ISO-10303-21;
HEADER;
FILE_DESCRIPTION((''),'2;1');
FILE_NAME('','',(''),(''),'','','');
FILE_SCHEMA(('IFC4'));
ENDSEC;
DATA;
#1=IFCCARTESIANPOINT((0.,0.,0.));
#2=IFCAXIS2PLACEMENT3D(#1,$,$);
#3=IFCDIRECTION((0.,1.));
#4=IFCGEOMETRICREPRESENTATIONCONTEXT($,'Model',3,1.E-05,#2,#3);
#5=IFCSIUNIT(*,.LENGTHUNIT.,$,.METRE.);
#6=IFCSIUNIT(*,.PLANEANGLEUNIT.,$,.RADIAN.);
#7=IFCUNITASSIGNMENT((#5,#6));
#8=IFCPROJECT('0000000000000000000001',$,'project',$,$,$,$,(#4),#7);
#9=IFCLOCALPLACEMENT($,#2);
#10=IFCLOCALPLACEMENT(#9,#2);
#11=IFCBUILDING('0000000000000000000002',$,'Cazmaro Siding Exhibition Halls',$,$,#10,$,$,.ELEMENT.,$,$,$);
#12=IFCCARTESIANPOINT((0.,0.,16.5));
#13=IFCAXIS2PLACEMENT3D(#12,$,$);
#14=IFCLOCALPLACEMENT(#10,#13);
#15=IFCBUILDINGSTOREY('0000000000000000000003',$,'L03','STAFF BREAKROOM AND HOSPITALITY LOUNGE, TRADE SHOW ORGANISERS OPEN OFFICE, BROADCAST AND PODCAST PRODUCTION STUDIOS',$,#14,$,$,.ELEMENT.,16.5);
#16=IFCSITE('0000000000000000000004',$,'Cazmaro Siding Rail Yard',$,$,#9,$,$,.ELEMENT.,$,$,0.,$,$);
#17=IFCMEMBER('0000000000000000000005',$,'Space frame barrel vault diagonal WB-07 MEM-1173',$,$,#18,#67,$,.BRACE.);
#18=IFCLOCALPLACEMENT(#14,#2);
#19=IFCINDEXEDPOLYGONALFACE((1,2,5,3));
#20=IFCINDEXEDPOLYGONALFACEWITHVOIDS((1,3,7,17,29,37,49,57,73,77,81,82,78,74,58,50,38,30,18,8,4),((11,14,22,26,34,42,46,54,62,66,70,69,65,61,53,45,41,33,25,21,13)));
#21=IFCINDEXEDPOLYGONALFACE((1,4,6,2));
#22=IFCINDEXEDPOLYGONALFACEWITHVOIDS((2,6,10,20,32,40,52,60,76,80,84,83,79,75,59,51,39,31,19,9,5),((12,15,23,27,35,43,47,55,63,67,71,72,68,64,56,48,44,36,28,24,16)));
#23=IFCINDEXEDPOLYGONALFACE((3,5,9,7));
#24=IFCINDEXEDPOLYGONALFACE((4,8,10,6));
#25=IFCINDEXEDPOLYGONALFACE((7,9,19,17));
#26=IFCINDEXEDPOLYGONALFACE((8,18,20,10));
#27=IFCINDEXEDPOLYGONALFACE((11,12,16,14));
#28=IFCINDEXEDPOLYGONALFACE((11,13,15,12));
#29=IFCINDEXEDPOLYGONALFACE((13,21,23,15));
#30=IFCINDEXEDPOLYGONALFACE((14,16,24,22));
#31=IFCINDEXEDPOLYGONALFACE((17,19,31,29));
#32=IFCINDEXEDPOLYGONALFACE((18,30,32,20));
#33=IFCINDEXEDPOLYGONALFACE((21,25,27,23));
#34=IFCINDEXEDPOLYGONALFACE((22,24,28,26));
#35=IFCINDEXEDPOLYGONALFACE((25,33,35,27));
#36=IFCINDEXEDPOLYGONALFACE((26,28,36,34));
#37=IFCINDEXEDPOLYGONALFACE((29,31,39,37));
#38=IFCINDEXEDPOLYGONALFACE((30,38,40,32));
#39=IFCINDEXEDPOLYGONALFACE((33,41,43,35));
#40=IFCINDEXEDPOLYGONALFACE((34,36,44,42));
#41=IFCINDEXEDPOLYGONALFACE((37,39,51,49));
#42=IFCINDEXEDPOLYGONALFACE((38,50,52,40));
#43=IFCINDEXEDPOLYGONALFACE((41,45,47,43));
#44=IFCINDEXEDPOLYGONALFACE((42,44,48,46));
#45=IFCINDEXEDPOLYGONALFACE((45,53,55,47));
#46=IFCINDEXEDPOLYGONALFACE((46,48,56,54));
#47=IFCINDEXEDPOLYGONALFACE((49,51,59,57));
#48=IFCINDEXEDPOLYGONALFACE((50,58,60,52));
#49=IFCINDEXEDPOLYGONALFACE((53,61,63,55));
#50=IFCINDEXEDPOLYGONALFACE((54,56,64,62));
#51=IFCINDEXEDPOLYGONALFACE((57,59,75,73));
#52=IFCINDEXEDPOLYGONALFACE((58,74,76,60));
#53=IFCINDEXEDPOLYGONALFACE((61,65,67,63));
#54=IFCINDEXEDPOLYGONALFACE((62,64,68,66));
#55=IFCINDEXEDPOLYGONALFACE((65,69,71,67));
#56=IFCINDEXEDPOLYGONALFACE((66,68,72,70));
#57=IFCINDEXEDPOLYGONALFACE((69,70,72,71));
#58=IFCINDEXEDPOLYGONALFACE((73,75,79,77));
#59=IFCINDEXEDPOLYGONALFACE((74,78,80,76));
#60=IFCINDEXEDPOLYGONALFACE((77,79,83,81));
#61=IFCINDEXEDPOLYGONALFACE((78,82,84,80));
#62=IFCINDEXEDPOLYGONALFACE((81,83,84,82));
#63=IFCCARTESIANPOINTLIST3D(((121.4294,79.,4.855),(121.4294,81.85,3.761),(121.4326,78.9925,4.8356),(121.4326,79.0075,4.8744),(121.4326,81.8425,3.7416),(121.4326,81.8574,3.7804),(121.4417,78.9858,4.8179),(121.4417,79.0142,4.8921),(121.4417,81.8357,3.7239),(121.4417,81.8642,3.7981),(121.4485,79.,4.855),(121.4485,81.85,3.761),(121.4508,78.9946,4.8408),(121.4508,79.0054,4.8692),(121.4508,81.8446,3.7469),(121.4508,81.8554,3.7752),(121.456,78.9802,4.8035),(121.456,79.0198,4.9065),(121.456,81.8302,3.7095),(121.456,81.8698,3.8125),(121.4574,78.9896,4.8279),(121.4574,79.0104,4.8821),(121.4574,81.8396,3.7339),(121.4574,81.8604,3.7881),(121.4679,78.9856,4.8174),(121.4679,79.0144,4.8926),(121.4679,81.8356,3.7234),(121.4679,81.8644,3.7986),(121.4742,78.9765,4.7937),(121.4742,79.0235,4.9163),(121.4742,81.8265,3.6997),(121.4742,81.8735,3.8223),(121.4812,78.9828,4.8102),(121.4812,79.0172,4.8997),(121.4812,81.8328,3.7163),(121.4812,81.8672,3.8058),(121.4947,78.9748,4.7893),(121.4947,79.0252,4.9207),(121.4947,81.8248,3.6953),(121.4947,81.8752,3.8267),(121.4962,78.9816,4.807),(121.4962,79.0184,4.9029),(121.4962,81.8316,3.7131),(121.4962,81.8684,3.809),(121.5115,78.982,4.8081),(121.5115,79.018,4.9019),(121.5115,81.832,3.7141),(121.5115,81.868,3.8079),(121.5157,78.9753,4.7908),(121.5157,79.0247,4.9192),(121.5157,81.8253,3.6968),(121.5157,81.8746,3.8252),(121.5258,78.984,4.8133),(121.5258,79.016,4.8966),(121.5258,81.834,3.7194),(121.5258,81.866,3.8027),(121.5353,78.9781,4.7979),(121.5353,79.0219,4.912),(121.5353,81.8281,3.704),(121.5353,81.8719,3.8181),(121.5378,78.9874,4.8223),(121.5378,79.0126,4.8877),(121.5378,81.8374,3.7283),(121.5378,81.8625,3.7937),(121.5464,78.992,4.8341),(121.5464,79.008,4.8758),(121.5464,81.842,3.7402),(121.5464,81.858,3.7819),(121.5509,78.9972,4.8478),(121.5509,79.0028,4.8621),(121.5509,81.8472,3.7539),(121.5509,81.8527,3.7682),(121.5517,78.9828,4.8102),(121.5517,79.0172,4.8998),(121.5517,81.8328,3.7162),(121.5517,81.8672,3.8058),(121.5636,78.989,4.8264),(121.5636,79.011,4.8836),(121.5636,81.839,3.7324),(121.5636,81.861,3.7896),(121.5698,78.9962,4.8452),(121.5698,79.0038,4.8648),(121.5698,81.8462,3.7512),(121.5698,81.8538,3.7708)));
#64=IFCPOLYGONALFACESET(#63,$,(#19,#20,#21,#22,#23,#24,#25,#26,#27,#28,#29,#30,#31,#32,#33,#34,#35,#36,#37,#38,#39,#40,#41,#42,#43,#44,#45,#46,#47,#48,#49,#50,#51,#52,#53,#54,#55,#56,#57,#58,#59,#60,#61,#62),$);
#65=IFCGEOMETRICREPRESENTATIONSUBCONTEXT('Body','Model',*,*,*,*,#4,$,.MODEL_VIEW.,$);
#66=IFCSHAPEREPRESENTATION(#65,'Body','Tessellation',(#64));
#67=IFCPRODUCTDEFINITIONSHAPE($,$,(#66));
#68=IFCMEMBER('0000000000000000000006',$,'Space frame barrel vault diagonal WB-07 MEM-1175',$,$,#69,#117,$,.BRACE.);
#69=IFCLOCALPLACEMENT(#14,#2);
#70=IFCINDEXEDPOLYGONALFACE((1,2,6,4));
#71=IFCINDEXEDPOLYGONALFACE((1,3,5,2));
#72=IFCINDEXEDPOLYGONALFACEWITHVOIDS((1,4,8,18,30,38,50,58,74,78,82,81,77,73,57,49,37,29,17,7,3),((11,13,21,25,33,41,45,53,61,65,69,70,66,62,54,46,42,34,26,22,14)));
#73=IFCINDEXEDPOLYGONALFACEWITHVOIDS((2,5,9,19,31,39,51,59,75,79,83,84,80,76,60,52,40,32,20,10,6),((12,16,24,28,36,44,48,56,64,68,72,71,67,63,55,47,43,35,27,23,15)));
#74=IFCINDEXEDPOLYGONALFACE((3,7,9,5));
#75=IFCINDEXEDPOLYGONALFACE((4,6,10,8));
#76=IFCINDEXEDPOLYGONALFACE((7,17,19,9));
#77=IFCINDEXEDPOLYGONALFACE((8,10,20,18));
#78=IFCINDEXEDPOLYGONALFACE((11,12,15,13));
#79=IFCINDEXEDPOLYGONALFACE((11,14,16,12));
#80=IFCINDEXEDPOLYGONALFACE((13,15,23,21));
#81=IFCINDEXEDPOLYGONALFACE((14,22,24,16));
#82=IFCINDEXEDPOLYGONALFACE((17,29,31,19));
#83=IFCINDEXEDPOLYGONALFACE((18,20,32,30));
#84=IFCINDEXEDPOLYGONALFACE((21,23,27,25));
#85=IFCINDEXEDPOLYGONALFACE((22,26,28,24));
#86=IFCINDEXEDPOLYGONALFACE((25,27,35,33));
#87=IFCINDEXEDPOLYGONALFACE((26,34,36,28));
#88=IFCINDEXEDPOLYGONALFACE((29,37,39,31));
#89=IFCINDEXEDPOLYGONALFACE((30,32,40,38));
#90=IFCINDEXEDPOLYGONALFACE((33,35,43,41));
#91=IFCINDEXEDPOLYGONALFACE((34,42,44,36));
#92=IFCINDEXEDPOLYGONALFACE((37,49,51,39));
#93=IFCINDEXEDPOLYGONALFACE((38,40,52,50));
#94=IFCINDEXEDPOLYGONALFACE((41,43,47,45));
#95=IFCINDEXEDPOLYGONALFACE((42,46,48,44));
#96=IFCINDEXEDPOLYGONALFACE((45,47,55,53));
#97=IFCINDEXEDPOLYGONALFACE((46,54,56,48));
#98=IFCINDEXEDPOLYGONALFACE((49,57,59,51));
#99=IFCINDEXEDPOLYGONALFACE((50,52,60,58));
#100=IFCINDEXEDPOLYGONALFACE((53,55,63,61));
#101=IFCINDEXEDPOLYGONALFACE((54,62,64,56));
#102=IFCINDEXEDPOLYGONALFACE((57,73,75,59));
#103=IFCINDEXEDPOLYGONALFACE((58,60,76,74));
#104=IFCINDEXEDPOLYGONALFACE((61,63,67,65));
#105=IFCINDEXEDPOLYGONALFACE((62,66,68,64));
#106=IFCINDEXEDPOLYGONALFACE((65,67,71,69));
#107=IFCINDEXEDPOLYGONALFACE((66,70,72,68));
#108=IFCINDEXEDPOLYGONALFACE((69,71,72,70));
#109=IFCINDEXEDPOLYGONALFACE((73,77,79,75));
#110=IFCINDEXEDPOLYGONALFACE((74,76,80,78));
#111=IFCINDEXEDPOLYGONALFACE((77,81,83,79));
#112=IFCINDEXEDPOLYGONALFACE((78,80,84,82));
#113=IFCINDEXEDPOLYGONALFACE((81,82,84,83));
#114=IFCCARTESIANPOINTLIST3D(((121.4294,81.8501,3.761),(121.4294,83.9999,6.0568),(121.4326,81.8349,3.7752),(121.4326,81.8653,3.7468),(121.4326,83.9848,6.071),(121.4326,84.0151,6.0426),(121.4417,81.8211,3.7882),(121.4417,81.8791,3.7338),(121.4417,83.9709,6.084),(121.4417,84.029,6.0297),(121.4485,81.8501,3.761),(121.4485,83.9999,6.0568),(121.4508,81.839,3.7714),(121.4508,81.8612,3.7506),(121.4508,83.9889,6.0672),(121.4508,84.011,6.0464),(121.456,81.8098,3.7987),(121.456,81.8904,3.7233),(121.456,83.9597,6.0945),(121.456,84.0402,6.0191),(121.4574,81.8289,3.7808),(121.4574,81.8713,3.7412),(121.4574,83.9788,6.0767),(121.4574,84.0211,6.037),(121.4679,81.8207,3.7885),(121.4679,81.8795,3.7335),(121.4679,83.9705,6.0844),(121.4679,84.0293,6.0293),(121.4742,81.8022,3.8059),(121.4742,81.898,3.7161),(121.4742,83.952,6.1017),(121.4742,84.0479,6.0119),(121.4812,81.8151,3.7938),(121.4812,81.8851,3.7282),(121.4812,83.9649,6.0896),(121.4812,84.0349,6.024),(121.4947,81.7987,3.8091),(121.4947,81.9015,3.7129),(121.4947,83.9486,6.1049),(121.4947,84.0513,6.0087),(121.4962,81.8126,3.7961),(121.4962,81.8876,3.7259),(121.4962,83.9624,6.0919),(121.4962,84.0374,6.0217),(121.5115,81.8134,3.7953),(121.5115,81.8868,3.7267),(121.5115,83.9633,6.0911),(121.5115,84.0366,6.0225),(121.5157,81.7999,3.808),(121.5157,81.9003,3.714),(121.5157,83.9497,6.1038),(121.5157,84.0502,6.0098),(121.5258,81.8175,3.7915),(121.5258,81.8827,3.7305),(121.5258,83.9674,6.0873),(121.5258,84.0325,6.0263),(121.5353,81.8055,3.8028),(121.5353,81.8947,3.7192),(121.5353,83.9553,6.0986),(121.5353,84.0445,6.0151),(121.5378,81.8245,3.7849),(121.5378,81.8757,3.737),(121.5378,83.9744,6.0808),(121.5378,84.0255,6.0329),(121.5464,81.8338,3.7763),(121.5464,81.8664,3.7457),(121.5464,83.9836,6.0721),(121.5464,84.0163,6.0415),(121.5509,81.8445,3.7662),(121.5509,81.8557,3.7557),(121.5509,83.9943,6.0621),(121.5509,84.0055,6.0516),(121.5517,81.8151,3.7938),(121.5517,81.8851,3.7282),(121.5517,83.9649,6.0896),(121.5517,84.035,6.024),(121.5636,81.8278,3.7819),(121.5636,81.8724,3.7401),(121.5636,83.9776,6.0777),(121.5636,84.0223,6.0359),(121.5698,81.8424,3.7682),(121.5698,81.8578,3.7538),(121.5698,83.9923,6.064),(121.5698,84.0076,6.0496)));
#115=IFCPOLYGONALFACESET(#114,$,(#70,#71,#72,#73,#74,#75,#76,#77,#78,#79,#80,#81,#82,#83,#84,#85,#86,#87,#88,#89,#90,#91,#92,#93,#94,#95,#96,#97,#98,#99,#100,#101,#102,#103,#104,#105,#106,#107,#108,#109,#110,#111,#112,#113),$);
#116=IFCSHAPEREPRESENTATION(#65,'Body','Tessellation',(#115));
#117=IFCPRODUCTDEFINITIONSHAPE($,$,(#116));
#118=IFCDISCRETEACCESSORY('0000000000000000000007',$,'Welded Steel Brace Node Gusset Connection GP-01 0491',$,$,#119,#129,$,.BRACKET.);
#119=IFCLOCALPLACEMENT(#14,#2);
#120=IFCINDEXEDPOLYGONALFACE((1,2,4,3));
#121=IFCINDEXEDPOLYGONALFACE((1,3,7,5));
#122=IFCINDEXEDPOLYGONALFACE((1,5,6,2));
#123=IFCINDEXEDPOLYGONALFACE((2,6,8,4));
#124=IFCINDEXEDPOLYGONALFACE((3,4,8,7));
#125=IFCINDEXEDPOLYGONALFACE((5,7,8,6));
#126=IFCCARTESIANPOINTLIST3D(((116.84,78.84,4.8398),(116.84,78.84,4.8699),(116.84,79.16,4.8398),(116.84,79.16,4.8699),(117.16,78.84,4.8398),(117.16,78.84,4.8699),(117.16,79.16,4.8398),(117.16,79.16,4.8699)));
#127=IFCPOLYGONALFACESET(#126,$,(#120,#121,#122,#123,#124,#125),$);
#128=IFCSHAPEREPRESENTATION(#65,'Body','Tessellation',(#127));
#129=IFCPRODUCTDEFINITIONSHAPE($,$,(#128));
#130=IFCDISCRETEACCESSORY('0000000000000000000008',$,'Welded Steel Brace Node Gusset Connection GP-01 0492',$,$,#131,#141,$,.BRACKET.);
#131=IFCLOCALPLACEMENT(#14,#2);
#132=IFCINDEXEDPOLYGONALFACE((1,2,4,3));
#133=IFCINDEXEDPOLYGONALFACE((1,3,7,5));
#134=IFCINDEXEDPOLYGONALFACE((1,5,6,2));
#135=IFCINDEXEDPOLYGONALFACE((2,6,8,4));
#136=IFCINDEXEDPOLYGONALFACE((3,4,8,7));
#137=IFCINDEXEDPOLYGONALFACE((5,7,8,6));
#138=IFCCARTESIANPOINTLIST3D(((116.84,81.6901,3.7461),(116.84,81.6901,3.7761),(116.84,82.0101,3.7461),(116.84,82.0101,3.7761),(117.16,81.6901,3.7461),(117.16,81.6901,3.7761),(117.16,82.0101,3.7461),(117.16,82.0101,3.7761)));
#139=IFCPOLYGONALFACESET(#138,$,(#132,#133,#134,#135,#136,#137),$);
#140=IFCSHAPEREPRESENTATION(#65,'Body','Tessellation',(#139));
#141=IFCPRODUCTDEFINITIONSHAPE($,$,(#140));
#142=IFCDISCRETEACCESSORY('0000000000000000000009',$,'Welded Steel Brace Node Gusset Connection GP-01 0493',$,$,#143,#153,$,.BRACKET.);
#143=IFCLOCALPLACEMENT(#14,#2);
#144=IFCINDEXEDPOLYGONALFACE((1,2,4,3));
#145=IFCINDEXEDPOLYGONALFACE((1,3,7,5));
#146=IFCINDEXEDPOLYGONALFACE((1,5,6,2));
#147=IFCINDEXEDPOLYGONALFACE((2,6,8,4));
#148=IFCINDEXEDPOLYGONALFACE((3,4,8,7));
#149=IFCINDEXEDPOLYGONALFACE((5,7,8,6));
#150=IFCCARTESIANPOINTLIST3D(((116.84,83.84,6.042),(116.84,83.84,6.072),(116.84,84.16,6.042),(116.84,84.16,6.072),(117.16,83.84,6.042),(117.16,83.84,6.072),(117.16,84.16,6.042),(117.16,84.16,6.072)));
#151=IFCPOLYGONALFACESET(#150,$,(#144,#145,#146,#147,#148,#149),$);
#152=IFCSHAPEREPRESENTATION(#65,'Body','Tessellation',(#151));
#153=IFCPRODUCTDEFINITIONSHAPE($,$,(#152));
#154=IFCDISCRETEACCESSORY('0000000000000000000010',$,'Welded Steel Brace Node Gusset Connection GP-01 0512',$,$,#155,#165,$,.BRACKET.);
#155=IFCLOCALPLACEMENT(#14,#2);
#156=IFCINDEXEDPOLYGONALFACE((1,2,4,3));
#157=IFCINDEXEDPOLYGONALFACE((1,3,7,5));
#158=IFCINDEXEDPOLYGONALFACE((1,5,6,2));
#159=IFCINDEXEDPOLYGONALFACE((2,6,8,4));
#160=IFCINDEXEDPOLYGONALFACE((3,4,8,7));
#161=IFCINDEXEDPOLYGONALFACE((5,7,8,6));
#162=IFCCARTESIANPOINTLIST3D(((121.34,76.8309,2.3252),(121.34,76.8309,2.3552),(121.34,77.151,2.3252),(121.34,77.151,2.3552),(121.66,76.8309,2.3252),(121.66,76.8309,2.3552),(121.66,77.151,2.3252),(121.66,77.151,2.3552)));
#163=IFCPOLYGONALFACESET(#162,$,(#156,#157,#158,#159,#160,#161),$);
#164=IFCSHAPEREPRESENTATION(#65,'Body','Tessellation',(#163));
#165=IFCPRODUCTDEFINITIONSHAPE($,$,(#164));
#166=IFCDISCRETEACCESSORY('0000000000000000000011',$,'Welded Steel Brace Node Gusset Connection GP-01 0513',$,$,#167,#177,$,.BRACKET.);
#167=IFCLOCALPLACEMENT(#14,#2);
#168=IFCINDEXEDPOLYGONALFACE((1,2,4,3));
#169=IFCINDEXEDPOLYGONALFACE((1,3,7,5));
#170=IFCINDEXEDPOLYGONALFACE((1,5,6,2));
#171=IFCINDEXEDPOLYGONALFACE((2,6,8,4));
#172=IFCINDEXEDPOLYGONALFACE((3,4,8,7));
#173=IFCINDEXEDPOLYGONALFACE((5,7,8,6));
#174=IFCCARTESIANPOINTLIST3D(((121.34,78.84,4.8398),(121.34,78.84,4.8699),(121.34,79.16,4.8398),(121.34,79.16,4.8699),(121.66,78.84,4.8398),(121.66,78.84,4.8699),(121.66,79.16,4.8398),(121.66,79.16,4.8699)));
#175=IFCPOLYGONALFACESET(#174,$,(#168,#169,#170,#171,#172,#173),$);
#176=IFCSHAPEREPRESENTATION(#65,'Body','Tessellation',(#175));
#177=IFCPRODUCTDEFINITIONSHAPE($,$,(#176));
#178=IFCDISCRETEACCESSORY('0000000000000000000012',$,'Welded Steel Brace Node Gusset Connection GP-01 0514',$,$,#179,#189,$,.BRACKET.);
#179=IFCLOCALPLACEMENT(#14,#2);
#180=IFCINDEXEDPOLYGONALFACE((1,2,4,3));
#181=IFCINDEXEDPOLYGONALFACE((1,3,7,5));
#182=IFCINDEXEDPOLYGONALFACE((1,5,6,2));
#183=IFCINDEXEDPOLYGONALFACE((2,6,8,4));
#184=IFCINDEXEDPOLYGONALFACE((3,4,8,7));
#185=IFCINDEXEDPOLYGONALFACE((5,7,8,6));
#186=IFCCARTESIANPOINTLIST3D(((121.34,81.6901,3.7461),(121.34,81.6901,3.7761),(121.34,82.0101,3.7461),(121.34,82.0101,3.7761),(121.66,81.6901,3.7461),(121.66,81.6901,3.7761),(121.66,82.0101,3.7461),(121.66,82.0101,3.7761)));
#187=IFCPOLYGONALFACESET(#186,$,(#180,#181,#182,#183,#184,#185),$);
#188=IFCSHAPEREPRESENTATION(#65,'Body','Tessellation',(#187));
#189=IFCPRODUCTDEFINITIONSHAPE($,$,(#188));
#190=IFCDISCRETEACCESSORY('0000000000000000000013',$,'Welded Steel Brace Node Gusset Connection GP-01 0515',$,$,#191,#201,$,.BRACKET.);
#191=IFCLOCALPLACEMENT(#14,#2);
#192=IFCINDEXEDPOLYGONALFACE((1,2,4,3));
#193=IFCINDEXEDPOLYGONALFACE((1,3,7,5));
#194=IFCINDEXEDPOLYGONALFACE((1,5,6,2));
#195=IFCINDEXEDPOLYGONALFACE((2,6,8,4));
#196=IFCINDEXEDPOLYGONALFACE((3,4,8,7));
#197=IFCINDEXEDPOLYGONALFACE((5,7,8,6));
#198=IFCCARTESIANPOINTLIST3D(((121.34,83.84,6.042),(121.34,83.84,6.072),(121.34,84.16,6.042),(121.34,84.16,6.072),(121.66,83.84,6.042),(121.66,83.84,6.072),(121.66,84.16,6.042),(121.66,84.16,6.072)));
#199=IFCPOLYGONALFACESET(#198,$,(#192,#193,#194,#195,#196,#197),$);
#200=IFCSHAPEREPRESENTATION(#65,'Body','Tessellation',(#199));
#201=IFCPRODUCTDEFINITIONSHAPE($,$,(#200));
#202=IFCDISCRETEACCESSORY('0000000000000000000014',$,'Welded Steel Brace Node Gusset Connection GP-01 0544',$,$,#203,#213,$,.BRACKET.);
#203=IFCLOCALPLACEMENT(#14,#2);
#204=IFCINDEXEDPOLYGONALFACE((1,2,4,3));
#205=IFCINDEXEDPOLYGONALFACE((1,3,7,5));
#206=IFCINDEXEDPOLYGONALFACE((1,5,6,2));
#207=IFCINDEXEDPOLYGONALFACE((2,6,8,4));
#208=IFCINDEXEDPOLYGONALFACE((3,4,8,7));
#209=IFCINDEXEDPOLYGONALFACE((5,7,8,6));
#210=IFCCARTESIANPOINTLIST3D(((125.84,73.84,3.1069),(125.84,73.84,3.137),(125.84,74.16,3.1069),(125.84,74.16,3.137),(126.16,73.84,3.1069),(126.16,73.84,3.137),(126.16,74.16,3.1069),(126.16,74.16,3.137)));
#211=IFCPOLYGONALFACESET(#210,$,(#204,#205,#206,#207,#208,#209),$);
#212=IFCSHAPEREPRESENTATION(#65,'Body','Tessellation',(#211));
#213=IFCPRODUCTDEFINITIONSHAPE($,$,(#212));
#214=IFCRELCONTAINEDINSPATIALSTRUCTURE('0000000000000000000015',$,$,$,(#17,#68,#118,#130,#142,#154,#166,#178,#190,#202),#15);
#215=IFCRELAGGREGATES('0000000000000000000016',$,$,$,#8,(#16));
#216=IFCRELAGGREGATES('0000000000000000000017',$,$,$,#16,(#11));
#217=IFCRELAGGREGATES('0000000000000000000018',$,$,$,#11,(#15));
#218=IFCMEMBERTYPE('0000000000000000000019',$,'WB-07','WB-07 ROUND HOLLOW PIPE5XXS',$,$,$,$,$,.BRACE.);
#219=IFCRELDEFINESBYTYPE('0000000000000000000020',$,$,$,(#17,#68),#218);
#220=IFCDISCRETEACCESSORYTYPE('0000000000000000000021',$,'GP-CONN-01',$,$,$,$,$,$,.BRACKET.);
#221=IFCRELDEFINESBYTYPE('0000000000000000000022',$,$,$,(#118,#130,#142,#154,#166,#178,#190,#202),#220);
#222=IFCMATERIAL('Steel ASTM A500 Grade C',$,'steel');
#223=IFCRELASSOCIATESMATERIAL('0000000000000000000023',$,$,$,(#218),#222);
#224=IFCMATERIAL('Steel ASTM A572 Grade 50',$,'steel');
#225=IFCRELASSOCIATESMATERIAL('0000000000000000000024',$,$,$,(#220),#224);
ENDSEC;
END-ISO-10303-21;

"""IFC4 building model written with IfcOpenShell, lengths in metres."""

from ifc_helpers import new_model, si_unit, direction, frame, origin, origin_2d, place, context, subcontext, project, spatial, rectangle, hollow_circle, extrude, material, material_profile, profile_set, type_object, element, save


model = new_model("IFC4")

# Units and contexts
model_context = context("Model", 3, precision=1e-05, world=origin(), true_north=direction((0.0, 1.0)))
body_context = subcontext(model_context, "Body", "Model", "MODEL_VIEW")
ifc_project = project(units=[si_unit("LENGTHUNIT", "METRE"), si_unit("PLANEANGLEUNIT", "RADIAN")], contexts=[model_context])

# Site, building, storey
site_placement = place(None, origin())
site = spatial("IfcSite", under=ifc_project, at=site_placement, Name="Cazmaro Siding Rail Yard", CompositionType="ELEMENT", RefElevation=0.0)
building_placement = place(site_placement, origin())
building = spatial("IfcBuilding", under=site, at=building_placement, Name="Cazmaro Siding Exhibition Halls", CompositionType="ELEMENT")
storey_placement = place(building_placement, frame((0.0, 0.0, 16.5)))
storey = spatial("IfcBuildingStorey", under=building, at=storey_placement, Name="L03", Description="STAFF BREAKROOM AND HOSPITALITY LOUNGE, TRADE SHOW ORGANISERS OPEN OFFICE, BROADCAST AND PODCAST PRODUCTION STUDIOS", CompositionType="ELEMENT", Elevation=16.5)

# Members
ifc_material_1 = material(Name="Steel ASTM A500 Grade C", Category="steel")
ifc_material_profile_1 = material_profile(ifc_material_1, hollow_circle(Radius=0.0706, WallThickness=0.019, at=origin_2d()), Name="PIPE5XXS")
ifc_profile_set_1 = profile_set([ifc_material_profile_1], Name="Steel ASTM A500 Grade C")
member_type_1 = type_object("IfcMemberType", Name="WB-07", Description="WB-07 ROUND HOLLOW PIPE5XXS", PredefinedType="BRACE", material=ifc_profile_set_1)
member_1_placement = place(storey_placement, frame((121.5, 79.0, 4.855), z_axis=(0.0, 0.933587, -0.358352), x_axis=(-1.0, 0.0, 0.0)))
element("IfcMember", 1, at=member_1_placement, inside=storey, type_object=member_type_1, Name="Space frame barrel vault diagonal WB-07 MEM-1173", PredefinedType="BRACE", context=body_context, shape_type="SweptSolid", body=[
    extrude(hollow_circle(Radius=0.0706, WallThickness=0.019, at=origin_2d()), origin(), (0.0, 0.0, 1.0), 3.0527),
])
member_2_placement = place(storey_placement, frame((121.5, 81.8501, 3.761), z_axis=(0.0, 0.683518, 0.729934), x_axis=(-1.0, 0.0, 0.0)))
element("IfcMember", 2, at=member_2_placement, inside=storey, type_object=member_type_1, Name="Space frame barrel vault diagonal WB-07 MEM-1175", PredefinedType="BRACE", context=body_context, shape_type="SweptSolid", body=[
    extrude(hollow_circle(Radius=0.0706, WallThickness=0.019, at=origin_2d()), origin(), (0.0, 0.0, 1.0), 3.1453),
])

# Discrete accessories
ifc_material_2 = material(Name="Steel ASTM A572 Grade 50", Category="steel")
discrete_accessory_type = type_object("IfcDiscreteAccessoryType", Name="GP-CONN-01", PredefinedType="BRACKET", material=ifc_material_2)
for number, where, z_axis, x_axis, name in (
    (3, (117.0, 79.0, 4.8398), (0.0, 0.0, 1.0), (1.0, 0.0, 0.0), "Welded Steel Brace Node Gusset Connection GP-01 0491"),
    (4, (117.0, 81.8501, 3.7461), (0.0, 0.0, 1.0), (1.0, 0.0, 0.0), "Welded Steel Brace Node Gusset Connection GP-01 0492"),
    (5, (117.0, 84.0, 6.042), (0.0, 0.0, 1.0), (1.0, 0.0, 0.0), "Welded Steel Brace Node Gusset Connection GP-01 0493"),
    (6, (121.5, 76.991, 2.3252), (0.0, 0.0, 1.0), (1.0, 0.0, 0.0), "Welded Steel Brace Node Gusset Connection GP-01 0512"),
    (7, (121.5, 79.0, 4.8398), (0.0, 0.0, 1.0), (1.0, 0.0, 0.0), "Welded Steel Brace Node Gusset Connection GP-01 0513"),
    (8, (121.5, 81.8501, 3.7461), (0.0, 0.0, 1.0), (1.0, 0.0, 0.0), "Welded Steel Brace Node Gusset Connection GP-01 0514"),
    (9, (121.5, 84.0, 6.042), (0.0, 0.0, 1.0), (1.0, 0.0, 0.0), "Welded Steel Brace Node Gusset Connection GP-01 0515"),
    (10, (126.0, 74.0, 3.1069), (0.0, 0.0, 1.0), (1.0, 0.0, 0.0), "Welded Steel Brace Node Gusset Connection GP-01 0544"),
):
    element("IfcDiscreteAccessory", number, at=place(storey_placement, frame(where, z_axis=z_axis, x_axis=x_axis)), inside=storey, type_object=discrete_accessory_type, Name=name, PredefinedType="BRACKET", context=body_context, shape_type="SweptSolid", body=[
        extrude(rectangle(XDim=0.3201, YDim=0.3201, at=origin_2d()), origin(), (0.0, 0.0, 1.0), 0.03),
    ])

save(model, "model.ifc")
